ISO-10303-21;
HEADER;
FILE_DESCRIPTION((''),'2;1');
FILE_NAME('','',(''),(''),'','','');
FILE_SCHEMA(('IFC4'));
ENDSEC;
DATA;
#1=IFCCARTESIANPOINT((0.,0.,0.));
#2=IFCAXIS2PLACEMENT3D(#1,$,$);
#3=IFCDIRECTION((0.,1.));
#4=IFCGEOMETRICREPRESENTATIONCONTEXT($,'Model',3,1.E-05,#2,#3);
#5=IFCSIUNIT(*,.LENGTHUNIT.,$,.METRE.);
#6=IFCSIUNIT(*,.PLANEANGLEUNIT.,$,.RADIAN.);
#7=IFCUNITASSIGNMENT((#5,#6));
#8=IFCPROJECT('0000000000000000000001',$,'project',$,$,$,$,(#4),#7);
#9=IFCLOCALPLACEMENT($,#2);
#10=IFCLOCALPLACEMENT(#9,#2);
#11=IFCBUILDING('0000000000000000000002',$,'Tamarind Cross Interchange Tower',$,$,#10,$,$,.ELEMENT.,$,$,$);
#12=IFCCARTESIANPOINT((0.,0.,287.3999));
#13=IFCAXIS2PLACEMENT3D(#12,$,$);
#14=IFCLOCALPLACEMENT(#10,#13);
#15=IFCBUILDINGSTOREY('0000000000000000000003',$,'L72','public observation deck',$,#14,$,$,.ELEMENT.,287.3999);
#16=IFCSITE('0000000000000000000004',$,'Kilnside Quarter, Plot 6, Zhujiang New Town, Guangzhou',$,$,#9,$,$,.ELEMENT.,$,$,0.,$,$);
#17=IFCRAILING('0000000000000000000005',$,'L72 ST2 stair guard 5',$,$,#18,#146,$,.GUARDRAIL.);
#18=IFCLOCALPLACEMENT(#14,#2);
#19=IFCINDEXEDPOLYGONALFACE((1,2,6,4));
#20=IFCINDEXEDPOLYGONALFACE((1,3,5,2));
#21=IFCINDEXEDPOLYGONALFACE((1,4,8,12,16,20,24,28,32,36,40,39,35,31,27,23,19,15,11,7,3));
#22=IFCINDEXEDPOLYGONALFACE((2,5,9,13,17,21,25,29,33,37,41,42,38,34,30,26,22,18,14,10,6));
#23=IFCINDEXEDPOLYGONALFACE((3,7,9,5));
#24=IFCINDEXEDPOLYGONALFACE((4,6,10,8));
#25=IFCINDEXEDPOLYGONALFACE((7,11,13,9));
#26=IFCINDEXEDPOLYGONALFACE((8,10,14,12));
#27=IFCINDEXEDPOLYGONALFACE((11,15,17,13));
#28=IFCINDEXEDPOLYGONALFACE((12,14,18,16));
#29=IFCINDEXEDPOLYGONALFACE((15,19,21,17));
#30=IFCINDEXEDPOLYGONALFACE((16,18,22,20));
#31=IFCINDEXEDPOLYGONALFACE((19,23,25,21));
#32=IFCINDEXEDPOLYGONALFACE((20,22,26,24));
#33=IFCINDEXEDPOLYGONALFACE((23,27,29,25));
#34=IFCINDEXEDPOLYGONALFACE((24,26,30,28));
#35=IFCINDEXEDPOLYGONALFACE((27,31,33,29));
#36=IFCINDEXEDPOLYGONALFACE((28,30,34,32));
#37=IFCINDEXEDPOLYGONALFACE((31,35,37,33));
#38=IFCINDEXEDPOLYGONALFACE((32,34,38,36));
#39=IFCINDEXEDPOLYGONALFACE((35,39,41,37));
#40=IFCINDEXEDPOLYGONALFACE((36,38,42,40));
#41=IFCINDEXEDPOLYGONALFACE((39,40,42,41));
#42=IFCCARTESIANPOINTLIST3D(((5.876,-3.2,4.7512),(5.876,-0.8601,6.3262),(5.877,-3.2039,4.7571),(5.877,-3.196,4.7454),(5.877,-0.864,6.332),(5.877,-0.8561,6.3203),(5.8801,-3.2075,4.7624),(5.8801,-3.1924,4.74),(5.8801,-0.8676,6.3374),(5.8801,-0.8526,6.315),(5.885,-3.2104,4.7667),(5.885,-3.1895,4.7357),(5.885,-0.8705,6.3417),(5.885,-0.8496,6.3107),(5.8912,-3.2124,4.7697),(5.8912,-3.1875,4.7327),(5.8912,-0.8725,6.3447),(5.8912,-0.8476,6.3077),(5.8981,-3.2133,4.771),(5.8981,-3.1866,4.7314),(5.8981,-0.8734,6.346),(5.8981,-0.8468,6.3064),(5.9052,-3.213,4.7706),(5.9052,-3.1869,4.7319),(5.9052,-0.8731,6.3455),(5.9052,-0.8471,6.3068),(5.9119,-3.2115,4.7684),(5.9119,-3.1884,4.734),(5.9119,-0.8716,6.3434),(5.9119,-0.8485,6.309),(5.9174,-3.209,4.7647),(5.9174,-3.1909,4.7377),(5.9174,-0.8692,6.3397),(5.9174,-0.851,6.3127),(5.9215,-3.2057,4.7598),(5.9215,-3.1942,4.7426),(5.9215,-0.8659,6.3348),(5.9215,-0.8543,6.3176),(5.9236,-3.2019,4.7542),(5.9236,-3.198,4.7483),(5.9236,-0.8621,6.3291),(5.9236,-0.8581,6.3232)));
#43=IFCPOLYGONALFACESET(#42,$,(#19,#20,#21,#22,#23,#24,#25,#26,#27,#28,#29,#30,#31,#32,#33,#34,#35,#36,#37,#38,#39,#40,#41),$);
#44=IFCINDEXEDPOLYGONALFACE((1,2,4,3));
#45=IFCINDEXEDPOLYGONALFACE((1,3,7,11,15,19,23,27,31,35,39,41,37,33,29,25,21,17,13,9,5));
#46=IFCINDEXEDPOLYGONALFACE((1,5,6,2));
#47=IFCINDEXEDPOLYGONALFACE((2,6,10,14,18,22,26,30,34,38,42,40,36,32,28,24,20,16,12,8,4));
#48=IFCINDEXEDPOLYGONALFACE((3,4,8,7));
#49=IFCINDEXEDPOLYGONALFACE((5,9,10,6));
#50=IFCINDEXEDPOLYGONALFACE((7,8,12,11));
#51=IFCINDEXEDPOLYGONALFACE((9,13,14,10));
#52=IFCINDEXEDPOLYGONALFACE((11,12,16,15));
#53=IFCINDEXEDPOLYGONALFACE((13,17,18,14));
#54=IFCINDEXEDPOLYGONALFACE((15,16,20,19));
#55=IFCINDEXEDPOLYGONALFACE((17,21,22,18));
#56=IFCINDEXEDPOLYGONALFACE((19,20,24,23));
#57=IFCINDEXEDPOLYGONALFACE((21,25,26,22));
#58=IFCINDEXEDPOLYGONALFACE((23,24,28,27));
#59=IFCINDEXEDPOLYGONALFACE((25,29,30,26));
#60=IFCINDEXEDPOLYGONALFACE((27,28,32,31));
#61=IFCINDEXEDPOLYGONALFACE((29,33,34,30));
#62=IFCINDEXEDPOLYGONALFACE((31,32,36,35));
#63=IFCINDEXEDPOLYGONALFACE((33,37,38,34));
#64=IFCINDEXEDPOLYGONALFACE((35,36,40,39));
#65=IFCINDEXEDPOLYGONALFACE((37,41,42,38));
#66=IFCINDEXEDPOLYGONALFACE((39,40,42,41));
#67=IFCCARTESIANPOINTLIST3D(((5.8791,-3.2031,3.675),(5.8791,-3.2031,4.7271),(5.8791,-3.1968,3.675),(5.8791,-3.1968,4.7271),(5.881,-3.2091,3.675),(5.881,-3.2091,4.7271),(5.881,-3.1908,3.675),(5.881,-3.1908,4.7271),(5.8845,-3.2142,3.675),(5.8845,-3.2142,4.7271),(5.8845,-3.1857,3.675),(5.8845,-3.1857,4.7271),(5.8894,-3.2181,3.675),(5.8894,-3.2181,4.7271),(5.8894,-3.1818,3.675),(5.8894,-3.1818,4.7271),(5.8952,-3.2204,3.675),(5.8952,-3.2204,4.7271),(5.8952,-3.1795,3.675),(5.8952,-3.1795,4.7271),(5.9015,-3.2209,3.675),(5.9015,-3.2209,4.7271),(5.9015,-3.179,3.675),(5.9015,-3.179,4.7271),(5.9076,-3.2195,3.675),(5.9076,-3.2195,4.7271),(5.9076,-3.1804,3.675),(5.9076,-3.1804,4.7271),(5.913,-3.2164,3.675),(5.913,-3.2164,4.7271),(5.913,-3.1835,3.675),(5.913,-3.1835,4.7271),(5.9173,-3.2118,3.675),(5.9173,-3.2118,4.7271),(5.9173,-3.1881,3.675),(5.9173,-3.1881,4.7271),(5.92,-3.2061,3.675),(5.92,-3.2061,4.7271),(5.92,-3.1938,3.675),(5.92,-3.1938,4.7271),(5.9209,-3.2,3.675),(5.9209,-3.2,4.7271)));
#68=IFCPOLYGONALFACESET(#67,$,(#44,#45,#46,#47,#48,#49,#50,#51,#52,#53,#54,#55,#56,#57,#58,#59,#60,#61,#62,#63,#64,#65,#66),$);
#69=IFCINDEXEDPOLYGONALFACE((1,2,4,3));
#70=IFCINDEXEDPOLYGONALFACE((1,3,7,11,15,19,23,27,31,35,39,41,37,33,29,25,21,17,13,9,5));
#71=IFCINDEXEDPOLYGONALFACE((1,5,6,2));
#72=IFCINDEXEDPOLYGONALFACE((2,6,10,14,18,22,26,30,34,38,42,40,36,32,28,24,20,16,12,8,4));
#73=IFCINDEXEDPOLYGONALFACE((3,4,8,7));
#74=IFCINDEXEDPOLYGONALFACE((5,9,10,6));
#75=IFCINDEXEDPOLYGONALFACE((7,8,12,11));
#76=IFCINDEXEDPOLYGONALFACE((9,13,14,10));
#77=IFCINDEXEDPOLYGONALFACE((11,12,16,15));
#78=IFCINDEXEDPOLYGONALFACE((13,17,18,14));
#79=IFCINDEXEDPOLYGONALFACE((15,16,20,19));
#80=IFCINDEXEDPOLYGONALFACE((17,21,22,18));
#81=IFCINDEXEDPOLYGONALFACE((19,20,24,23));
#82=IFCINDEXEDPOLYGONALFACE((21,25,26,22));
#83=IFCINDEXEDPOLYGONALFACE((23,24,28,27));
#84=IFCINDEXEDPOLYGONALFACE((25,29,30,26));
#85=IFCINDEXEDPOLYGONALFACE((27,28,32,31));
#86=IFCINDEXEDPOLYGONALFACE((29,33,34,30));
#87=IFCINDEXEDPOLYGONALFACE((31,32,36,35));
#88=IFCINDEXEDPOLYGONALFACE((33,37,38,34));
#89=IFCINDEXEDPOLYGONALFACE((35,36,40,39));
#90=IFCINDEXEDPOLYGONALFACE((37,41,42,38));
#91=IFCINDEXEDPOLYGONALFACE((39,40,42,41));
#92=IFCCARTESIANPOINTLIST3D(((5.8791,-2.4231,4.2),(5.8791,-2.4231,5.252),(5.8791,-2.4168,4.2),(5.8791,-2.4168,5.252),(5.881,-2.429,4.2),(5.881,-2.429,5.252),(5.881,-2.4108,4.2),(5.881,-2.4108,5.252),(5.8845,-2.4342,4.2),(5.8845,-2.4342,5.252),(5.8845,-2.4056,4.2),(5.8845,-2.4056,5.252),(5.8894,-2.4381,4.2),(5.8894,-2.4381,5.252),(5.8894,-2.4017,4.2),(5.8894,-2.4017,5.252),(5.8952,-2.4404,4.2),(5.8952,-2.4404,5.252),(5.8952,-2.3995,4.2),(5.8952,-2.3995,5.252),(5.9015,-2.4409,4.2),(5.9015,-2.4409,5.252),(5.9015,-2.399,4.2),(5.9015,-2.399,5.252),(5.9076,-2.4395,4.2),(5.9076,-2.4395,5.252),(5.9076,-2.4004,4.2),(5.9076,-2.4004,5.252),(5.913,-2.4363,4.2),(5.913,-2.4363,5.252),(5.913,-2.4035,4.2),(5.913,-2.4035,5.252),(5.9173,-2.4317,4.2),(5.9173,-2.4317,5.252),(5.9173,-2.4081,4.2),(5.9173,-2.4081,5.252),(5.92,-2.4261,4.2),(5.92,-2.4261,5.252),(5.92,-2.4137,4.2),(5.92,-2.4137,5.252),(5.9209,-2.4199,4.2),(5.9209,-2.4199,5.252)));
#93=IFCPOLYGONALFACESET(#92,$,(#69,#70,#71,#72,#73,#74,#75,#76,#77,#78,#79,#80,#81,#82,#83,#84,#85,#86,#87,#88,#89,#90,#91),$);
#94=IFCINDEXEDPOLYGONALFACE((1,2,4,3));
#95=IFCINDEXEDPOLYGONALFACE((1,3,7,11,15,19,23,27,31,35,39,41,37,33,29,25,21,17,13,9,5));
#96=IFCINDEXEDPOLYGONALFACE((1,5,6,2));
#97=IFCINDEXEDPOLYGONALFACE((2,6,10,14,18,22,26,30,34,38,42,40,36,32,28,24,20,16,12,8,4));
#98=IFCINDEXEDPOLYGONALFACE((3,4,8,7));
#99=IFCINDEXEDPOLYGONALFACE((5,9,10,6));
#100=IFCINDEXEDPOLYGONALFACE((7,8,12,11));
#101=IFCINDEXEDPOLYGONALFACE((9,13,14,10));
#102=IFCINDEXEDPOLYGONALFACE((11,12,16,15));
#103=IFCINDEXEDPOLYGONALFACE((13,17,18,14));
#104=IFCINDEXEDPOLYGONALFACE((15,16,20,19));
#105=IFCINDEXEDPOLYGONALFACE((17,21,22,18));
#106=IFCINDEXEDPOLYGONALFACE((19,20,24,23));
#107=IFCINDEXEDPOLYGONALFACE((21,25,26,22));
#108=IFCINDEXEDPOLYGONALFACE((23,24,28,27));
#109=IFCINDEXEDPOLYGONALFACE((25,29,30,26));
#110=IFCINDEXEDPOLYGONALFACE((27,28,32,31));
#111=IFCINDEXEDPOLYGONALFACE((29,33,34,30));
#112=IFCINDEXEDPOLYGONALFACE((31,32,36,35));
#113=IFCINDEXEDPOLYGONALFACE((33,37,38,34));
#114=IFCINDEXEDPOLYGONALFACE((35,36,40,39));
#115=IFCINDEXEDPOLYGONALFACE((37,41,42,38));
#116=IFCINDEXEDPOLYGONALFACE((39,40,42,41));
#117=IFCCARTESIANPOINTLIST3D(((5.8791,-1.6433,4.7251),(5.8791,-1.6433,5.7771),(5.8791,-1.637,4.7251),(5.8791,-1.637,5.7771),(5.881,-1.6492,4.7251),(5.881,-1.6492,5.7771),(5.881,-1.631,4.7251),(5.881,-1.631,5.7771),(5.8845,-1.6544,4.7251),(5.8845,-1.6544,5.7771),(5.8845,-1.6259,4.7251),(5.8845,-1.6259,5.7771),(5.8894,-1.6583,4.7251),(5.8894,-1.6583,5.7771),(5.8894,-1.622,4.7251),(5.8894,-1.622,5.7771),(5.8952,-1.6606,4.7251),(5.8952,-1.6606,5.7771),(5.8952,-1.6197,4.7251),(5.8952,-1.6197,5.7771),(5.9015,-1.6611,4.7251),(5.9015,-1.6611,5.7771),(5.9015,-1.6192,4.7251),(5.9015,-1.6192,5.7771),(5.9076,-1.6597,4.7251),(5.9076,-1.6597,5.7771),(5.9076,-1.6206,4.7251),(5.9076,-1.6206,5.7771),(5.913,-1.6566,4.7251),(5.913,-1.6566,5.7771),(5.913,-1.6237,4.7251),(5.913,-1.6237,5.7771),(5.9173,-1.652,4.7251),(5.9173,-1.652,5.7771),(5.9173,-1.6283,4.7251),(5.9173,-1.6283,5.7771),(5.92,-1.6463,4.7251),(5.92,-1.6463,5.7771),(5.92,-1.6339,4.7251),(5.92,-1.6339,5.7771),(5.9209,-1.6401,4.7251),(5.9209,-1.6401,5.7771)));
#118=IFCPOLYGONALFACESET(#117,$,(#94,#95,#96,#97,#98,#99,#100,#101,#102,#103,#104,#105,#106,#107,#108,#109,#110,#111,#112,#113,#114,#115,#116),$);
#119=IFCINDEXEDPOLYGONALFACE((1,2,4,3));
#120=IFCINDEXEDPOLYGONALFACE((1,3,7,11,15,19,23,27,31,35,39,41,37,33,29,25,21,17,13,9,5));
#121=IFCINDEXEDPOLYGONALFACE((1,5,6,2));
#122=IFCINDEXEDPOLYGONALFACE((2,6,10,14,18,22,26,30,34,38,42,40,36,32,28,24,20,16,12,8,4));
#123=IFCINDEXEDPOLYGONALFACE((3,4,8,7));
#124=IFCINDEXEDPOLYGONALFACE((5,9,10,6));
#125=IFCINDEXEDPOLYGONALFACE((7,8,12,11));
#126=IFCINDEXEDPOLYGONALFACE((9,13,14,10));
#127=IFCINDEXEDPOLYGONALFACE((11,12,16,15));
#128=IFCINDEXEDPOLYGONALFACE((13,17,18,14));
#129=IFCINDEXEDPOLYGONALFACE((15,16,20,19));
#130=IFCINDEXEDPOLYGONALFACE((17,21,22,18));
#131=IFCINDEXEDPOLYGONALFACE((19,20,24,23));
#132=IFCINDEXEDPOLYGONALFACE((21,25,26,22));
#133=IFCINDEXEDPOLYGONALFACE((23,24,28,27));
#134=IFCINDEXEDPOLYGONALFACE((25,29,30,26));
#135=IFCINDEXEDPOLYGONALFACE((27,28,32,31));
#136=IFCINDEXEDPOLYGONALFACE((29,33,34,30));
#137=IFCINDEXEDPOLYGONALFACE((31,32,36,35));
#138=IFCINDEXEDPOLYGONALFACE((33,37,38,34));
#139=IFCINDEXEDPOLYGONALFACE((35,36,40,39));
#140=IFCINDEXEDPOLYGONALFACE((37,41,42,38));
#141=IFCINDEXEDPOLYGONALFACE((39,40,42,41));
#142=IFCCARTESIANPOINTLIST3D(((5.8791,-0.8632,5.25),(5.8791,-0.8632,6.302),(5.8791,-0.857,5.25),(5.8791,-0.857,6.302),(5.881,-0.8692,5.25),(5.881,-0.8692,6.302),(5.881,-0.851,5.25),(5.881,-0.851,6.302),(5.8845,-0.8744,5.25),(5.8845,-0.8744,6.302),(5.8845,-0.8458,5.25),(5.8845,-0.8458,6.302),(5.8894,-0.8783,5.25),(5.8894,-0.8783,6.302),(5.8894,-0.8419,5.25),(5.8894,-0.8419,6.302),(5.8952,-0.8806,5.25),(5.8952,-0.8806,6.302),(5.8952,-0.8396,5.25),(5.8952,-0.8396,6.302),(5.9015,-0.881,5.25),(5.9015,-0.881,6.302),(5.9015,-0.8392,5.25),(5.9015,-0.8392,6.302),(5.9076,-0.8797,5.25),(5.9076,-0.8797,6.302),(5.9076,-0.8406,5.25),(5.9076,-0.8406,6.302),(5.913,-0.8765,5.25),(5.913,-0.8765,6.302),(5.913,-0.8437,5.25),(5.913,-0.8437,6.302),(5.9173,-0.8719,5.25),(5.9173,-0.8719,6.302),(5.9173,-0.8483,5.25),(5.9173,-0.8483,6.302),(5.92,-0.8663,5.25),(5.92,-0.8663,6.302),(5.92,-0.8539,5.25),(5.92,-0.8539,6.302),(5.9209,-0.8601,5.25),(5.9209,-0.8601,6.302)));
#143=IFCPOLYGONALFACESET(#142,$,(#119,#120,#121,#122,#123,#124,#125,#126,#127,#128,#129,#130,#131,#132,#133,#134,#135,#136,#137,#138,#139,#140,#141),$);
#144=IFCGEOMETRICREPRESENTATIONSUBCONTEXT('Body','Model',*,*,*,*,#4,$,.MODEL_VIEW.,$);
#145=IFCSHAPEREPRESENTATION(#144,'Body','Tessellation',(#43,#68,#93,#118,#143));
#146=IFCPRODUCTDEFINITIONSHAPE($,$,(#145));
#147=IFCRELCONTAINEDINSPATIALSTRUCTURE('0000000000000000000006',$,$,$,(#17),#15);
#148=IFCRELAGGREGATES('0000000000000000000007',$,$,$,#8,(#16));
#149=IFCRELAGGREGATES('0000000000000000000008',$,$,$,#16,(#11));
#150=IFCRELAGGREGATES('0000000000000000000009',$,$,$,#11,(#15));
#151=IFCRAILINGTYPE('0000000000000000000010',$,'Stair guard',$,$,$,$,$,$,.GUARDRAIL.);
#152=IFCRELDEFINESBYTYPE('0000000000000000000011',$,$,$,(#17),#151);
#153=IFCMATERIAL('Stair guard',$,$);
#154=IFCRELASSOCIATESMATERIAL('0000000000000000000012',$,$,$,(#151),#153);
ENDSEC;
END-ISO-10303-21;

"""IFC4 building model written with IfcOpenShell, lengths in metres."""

from ifc_helpers import new_model, si_unit, direction, frame, origin, origin_2d, place, context, subcontext, project, spatial, circle, extrude, material, type_object, element, save


model = new_model("IFC4")

# Units and contexts
model_context = context("Model", 3, precision=1e-05, world=origin(), true_north=direction((0.0, 1.0)))
body_context = subcontext(model_context, "Body", "Model", "MODEL_VIEW")
ifc_project = project(units=[si_unit("LENGTHUNIT", "METRE"), si_unit("PLANEANGLEUNIT", "RADIAN")], contexts=[model_context])

# Site, building, storey
site_placement = place(None, origin())
site = spatial("IfcSite", under=ifc_project, at=site_placement, Name="Kilnside Quarter, Plot 6, Zhujiang New Town, Guangzhou", CompositionType="ELEMENT", RefElevation=0.0)
building_placement = place(site_placement, origin())
building = spatial("IfcBuilding", under=site, at=building_placement, Name="Tamarind Cross Interchange Tower", CompositionType="ELEMENT")
storey_placement = place(building_placement, frame((0.0, 0.0, 287.3999)))
storey = spatial("IfcBuildingStorey", under=building, at=storey_placement, Name="L72", Description="public observation deck", CompositionType="ELEMENT", Elevation=287.3999)

# Railing
ifc_material_1 = material(Name="Stair guard")
railing_type_1 = type_object("IfcRailingType", Name="Stair guard", PredefinedType="GUARDRAIL", material=ifc_material_1)
railing_1_placement = place(storey_placement, frame((5.8999, -3.2, 3.675)))
element("IfcRailing", 1, at=railing_1_placement, inside=storey, type_object=railing_type_1, Name="L72 ST2 stair guard 5", PredefinedType="GUARDRAIL", context=body_context, shape_type="SweptSolid", body=[
    extrude(circle(Radius=0.0239, at=origin_2d()), frame((0.0, 0.0, 1.0762), z_axis=(0.0, 0.829578, 0.55839), x_axis=(-1.0, 0.0, 0.0)), (0.0, 0.0, 1.0), 2.8206),
    extrude(circle(Radius=0.021, at=origin_2d()), origin(), (0.0, 0.0, 1.0), 1.052),
    extrude(circle(Radius=0.021, at=origin_2d()), frame((0.0, 0.78, 0.5249)), (0.0, 0.0, 1.0), 1.052),
    extrude(circle(Radius=0.021, at=origin_2d()), frame((0.0, 1.5598, 1.05)), (0.0, 0.0, 1.0), 1.052),
    extrude(circle(Radius=0.021, at=origin_2d()), frame((0.0, 2.3398, 1.575)), (0.0, 0.0, 1.0), 1.052),
])

save(model, "model.ifc")
